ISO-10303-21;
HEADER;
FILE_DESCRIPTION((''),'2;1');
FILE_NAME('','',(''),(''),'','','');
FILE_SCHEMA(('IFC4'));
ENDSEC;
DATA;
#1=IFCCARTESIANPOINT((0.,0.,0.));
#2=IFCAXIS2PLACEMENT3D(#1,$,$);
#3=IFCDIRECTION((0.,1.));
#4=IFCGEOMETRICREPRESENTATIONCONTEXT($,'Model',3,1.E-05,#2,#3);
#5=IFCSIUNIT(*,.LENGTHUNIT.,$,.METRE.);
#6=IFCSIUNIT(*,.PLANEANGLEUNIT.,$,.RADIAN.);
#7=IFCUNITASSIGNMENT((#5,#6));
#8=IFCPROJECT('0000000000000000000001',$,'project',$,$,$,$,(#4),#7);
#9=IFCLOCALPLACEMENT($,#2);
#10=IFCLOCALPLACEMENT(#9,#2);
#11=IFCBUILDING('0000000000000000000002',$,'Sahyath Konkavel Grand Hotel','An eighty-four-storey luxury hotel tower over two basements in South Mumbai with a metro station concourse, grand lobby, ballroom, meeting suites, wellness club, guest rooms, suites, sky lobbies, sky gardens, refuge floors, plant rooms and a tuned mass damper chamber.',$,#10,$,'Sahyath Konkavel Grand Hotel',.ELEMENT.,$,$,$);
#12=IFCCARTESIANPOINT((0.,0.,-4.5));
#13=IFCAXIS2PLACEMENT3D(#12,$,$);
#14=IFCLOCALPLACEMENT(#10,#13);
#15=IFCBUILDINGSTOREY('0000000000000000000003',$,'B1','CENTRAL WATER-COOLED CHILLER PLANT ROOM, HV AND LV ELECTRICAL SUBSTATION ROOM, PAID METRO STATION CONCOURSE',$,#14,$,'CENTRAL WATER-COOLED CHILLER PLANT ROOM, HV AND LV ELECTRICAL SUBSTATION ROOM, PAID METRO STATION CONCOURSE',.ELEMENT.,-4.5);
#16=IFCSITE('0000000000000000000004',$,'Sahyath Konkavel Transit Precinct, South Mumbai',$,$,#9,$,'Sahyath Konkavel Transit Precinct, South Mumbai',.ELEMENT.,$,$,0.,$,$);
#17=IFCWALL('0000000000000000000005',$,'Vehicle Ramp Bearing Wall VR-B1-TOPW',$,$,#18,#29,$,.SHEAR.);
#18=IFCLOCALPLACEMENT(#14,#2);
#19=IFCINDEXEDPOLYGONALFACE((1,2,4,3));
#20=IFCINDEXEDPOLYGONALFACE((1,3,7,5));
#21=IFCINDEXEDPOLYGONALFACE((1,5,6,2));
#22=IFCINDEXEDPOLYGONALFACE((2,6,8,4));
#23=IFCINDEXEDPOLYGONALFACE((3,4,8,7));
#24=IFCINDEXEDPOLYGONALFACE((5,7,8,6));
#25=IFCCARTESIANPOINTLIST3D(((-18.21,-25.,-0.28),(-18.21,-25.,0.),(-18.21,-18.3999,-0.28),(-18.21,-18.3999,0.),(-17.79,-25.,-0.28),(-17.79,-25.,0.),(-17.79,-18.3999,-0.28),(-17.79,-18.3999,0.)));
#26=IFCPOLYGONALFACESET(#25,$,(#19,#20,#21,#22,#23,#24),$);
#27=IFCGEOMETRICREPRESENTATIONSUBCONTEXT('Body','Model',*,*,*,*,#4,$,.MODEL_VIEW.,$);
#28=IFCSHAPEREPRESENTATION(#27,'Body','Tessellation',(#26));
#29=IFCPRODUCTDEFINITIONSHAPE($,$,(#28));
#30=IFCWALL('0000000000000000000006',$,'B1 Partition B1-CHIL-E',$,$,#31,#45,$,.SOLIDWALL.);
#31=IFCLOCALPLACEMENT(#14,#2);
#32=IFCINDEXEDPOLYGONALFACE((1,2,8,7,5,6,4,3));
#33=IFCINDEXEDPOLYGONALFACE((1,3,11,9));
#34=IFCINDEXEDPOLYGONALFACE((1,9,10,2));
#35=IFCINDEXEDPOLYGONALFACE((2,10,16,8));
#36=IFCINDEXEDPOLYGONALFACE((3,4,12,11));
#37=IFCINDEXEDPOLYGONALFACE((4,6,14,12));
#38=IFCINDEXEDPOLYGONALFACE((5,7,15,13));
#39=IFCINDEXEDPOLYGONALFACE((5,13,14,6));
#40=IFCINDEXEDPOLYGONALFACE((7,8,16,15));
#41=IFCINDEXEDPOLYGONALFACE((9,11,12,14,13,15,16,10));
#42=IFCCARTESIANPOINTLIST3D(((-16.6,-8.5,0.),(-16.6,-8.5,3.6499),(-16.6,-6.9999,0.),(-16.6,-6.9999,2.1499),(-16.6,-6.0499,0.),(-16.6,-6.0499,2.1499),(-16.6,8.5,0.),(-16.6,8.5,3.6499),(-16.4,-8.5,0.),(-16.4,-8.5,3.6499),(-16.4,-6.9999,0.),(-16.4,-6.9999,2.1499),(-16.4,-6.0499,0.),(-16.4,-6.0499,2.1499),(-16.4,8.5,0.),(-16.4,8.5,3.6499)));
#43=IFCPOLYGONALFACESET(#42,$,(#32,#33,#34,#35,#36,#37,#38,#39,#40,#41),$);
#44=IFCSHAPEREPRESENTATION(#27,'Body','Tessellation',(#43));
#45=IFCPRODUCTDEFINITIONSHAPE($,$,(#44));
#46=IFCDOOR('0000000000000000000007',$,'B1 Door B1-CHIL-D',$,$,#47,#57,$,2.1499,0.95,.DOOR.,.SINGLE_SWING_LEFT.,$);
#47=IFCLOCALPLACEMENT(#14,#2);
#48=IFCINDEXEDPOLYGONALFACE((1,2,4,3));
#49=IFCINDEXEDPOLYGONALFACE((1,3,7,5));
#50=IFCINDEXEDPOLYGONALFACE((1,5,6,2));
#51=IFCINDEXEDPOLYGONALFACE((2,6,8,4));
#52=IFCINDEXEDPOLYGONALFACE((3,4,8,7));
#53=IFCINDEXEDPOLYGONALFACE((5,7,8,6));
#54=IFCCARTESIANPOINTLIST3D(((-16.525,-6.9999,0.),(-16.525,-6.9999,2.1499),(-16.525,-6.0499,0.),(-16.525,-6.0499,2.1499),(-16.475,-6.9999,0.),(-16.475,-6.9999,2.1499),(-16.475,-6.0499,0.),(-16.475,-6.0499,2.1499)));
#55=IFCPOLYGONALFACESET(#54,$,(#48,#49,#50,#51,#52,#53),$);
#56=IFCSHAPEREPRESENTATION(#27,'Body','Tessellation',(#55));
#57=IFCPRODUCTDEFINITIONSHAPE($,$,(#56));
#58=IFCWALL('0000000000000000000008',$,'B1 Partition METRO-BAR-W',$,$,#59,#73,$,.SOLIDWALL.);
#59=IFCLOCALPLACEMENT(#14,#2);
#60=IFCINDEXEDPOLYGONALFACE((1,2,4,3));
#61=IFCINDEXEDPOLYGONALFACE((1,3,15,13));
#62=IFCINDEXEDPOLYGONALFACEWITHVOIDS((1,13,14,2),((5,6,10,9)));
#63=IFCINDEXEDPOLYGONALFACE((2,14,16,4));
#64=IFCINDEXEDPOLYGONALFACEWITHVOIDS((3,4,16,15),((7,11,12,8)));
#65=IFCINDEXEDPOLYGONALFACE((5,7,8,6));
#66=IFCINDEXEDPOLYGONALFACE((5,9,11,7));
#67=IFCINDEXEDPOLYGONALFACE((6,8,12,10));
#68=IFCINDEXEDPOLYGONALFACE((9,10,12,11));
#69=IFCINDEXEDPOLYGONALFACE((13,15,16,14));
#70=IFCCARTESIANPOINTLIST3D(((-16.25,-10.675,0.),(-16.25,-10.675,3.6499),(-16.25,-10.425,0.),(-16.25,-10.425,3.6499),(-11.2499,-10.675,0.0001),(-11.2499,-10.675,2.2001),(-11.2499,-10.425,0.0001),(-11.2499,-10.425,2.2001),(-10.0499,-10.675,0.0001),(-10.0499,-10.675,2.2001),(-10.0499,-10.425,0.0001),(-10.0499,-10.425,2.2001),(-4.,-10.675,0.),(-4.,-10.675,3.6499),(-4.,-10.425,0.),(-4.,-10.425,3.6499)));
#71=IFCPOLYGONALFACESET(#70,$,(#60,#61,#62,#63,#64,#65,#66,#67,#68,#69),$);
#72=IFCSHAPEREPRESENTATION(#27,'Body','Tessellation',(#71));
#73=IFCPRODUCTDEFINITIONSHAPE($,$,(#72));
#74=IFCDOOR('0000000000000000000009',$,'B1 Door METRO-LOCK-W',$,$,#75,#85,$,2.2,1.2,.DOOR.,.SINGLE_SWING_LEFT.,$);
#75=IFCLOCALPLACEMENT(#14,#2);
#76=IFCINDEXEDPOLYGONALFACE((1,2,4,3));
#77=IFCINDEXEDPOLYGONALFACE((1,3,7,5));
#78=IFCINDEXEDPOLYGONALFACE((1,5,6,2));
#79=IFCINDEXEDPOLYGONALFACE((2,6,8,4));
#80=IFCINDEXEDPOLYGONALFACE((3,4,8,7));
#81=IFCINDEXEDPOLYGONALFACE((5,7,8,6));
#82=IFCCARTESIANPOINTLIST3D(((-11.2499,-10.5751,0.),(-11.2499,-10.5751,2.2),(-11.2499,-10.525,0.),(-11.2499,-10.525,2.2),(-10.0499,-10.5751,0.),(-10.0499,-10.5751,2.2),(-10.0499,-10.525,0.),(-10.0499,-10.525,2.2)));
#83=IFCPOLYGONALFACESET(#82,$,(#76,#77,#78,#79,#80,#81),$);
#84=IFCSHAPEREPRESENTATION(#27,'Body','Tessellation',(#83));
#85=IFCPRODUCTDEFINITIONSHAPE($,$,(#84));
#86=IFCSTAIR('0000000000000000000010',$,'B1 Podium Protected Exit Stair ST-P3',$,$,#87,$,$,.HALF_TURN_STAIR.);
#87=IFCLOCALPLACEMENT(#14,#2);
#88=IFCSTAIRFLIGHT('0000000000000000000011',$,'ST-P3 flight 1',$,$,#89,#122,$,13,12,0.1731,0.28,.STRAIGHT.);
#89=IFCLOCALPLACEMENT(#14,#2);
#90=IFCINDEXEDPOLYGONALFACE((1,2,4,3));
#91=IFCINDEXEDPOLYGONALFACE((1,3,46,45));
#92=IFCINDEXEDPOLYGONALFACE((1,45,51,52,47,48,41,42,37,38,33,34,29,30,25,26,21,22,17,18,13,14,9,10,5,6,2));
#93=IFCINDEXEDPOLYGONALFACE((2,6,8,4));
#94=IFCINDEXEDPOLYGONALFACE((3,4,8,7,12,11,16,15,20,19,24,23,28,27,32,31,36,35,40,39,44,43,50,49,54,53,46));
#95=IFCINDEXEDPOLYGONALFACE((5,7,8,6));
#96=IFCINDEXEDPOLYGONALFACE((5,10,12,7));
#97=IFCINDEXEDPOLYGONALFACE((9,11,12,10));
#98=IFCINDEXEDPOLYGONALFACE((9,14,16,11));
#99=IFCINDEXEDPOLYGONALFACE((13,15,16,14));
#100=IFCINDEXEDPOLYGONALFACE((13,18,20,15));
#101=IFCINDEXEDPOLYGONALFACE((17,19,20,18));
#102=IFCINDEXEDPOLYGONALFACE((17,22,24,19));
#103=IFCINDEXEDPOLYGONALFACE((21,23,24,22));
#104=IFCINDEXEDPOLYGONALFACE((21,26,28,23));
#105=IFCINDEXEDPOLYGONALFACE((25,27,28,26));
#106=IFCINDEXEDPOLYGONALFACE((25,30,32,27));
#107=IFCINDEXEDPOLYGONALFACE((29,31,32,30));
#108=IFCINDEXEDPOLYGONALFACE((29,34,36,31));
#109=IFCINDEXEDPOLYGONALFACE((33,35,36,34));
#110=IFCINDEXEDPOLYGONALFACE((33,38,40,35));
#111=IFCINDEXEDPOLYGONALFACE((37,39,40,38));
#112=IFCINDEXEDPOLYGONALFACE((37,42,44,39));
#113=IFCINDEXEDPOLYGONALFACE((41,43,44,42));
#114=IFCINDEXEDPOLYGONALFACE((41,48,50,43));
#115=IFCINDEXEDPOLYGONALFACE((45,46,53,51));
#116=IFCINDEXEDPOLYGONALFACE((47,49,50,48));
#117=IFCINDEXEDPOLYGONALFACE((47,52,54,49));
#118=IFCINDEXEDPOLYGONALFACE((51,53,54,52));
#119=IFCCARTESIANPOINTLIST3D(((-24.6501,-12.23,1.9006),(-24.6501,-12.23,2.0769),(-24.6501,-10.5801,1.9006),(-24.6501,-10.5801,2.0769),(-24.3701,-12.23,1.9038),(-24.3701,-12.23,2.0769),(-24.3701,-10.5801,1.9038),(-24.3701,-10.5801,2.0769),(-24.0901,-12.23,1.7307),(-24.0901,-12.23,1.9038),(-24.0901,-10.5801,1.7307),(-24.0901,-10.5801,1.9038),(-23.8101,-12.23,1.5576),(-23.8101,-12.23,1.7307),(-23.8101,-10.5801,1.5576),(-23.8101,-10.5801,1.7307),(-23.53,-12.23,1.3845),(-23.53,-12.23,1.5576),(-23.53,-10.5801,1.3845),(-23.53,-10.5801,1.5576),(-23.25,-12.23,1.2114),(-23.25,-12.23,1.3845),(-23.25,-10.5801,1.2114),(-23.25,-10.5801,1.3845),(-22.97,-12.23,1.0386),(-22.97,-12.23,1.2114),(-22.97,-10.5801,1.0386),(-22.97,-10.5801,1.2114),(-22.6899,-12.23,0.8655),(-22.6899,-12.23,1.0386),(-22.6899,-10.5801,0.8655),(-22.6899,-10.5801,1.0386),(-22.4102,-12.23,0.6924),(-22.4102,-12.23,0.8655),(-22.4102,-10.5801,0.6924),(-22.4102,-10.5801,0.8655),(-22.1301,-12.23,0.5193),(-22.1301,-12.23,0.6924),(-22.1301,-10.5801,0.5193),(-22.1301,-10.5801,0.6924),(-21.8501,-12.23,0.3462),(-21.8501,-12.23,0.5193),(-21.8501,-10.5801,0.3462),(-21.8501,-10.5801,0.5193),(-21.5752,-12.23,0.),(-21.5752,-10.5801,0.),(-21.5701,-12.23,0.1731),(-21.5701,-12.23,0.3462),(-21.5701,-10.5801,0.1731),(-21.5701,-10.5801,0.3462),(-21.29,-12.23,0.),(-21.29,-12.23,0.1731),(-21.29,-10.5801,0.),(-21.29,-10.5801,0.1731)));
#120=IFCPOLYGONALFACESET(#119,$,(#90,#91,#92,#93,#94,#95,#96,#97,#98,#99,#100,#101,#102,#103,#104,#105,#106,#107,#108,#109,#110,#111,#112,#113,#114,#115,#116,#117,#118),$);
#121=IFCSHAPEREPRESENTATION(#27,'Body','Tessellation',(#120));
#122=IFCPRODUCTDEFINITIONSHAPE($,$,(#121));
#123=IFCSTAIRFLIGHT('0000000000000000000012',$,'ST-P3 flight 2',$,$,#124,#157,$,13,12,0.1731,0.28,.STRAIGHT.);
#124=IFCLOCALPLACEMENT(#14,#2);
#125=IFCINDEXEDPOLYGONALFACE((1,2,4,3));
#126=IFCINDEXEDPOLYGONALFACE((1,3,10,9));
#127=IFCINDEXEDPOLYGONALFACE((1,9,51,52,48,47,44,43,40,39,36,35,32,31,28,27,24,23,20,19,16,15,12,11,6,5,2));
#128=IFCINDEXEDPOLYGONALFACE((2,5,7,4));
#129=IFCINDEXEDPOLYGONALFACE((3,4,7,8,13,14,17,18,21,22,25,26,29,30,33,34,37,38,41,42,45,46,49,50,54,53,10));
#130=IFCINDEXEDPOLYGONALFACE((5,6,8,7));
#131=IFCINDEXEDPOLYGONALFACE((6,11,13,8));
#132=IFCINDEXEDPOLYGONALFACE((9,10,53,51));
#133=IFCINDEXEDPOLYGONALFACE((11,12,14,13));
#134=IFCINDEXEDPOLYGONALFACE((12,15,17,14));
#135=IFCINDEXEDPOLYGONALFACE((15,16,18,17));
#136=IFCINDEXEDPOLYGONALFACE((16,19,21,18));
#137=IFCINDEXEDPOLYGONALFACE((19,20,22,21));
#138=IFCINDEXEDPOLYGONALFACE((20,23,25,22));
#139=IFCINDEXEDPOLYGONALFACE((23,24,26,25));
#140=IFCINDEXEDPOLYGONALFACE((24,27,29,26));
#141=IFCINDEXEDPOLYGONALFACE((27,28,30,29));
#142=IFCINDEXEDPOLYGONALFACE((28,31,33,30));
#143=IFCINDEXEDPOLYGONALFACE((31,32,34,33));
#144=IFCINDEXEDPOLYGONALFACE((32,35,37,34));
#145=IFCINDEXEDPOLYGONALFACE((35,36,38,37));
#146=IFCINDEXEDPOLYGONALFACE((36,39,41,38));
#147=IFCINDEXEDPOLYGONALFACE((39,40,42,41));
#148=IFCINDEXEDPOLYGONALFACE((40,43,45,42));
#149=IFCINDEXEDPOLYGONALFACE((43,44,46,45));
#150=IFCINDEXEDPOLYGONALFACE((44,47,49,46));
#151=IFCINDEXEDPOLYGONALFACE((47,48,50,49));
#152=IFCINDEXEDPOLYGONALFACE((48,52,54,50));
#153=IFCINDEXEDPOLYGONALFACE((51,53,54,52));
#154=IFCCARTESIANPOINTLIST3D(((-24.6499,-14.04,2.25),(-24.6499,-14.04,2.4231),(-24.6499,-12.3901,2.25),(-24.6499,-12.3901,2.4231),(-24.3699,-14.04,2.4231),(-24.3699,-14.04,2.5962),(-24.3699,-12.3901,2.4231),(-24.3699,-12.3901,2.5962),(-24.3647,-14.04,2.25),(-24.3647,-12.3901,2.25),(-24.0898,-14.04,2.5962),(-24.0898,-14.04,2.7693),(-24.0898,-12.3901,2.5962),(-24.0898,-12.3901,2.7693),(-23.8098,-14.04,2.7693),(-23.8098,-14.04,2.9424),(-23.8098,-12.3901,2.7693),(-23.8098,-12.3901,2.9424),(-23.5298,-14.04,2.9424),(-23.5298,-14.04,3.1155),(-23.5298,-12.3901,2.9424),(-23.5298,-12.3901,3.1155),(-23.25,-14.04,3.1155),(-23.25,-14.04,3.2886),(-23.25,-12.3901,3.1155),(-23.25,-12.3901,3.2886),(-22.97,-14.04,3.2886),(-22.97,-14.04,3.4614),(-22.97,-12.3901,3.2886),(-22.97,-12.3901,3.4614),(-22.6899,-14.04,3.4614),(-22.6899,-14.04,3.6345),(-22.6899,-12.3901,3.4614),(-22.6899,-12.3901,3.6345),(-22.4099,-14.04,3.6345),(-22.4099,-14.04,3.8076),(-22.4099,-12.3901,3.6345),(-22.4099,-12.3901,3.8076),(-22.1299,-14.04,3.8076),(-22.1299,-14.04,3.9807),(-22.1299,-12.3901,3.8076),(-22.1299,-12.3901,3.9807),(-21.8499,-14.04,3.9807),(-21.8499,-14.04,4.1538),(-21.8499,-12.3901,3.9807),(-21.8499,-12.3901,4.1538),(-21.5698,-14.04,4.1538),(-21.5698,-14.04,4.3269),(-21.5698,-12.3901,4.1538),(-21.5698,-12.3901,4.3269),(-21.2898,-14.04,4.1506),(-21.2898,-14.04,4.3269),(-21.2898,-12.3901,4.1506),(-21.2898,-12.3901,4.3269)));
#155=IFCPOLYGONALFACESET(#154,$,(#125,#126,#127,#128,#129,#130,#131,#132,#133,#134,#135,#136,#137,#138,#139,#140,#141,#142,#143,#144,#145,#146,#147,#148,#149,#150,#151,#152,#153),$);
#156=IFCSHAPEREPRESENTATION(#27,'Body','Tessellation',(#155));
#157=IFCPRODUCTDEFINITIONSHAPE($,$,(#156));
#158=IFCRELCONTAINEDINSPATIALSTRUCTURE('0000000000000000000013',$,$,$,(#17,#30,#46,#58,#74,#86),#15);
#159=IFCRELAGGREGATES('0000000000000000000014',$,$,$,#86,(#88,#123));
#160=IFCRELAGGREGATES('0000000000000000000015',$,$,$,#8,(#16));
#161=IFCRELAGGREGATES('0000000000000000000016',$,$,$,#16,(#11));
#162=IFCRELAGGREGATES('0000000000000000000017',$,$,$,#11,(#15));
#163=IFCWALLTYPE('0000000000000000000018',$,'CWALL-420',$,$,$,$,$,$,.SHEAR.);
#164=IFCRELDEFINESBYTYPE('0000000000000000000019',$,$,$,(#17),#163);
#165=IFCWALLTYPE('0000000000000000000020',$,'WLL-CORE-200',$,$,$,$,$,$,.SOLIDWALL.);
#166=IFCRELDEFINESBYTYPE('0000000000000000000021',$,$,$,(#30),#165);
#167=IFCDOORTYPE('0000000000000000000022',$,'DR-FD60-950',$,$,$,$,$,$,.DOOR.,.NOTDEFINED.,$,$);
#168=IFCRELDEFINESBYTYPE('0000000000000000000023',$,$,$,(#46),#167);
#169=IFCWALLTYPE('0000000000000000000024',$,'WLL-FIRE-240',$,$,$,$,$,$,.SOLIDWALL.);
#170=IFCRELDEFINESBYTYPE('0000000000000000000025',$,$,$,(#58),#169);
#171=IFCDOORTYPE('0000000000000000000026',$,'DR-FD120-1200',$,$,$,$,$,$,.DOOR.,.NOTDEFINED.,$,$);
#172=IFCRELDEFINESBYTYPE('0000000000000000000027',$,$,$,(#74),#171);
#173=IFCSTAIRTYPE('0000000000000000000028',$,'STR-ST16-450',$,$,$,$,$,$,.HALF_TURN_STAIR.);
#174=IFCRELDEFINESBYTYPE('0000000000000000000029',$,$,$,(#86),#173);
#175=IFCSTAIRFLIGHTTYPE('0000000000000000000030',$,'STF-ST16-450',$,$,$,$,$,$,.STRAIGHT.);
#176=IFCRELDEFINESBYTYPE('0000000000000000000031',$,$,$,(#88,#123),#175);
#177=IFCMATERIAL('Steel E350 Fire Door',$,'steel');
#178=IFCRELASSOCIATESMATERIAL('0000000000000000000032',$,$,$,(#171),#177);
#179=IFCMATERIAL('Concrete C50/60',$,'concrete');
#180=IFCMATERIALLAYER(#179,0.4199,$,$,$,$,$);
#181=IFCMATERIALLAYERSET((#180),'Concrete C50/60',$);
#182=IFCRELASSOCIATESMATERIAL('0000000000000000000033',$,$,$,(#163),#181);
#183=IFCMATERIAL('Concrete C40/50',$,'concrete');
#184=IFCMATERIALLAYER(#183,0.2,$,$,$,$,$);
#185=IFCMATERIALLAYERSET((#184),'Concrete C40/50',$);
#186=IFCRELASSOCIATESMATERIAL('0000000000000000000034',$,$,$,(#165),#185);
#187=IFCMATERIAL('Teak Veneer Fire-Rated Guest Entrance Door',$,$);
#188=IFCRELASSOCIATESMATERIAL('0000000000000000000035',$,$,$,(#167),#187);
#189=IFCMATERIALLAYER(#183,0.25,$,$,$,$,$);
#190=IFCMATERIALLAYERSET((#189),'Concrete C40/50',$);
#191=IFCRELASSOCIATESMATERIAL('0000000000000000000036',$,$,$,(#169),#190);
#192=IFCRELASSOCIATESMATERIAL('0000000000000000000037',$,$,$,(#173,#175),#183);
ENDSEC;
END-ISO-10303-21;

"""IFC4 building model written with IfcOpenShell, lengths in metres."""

from ifc_helpers import new_model, si_unit, direction, frame, frame_2d, origin, origin_2d, place, context, subcontext, project, spatial, polyline, rectangle, outline, extrude, source, transform, mapped, material, layer, layer_set, type_object, element, fill, aggregate, save


model = new_model("IFC4")

# Units and contexts
model_context = context("Model", 3, precision=1e-05, world=origin(), true_north=direction((0.0, 1.0)))
body_context = subcontext(model_context, "Body", "Model", "MODEL_VIEW")
ifc_project = project(units=[si_unit("LENGTHUNIT", "METRE"), si_unit("PLANEANGLEUNIT", "RADIAN")], contexts=[model_context])

# Site, building, storey
site_placement = place(None, origin())
site = spatial("IfcSite", under=ifc_project, at=site_placement, Name="Sahyath Konkavel Transit Precinct, South Mumbai", LongName="Sahyath Konkavel Transit Precinct, South Mumbai", CompositionType="ELEMENT", RefElevation=0.0)
building_placement = place(site_placement, origin())
building = spatial("IfcBuilding", under=site, at=building_placement, Name="Sahyath Konkavel Grand Hotel", Description="An eighty-four-storey luxury hotel tower over two basements in South Mumbai with a metro station concourse, grand lobby, ballroom, meeting suites, wellness club, guest rooms, suites, sky lobbies, sky gardens, refuge floors, plant rooms and a tuned mass damper chamber.", LongName="Sahyath Konkavel Grand Hotel", CompositionType="ELEMENT")
storey_placement = place(building_placement, frame((0.0, 0.0, -4.5)))
storey = spatial("IfcBuildingStorey", under=building, at=storey_placement, Name="B1", Description="CENTRAL WATER-COOLED CHILLER PLANT ROOM, HV AND LV ELECTRICAL SUBSTATION ROOM, PAID METRO STATION CONCOURSE", LongName="CENTRAL WATER-COOLED CHILLER PLANT ROOM, HV AND LV ELECTRICAL SUBSTATION ROOM, PAID METRO STATION CONCOURSE", CompositionType="ELEMENT", Elevation=-4.5)

# Shared definitions
ifc_material_1 = material(Name="Concrete C50/60", Category="concrete")

# Shared definitions
ifc_material_2 = material(Name="Concrete C40/50", Category="concrete")

# Shared definitions
ifc_material_3 = material(Name="Steel E350 Fire Door", Category="steel")
door_type_1 = type_object("IfcDoorType", Name="DR-FD120-1200", OperationType="NOTDEFINED", PredefinedType="DOOR", material=ifc_material_3)
shared_shape_1 = source(origin(), body_context, "Body", "SweptSolid", [
    extrude(rectangle(XDim=1.2, YDim=0.05, at=origin_2d()), origin(), (0.0, 0.0, 1.0), 2.2),
])

# Wall
ifc_layer_1 = layer(ifc_material_1, 0.4199)
ifc_layer_set_1 = layer_set([ifc_layer_1], Name="Concrete C50/60")
wall_type_1 = type_object("IfcWallType", Name="CWALL-420", PredefinedType="SHEAR", material=ifc_layer_set_1)
wall_1_placement = place(storey_placement, frame((-18.0, -25.0, -0.28), z_axis=(0.0, 0.0, 1.0), x_axis=(0.0, 1.0, 0.0)))
element("IfcWall", 1, at=wall_1_placement, inside=storey, type_object=wall_type_1, Name="Vehicle Ramp Bearing Wall VR-B1-TOPW", PredefinedType="SHEAR", context=body_context, shape_type="SweptSolid", body=[
    extrude(rectangle(XDim=6.6001, YDim=0.4199, at=frame_2d((3.3, 0.0))), origin(), (0.0, 0.0, 1.0), 0.28),
])

# Walls, openings, doors
ifc_layer_2 = layer(ifc_material_2, 0.2)
ifc_layer_set_2 = layer_set([ifc_layer_2], Name="Concrete C40/50")
wall_type_2 = type_object("IfcWallType", Name="WLL-CORE-200", PredefinedType="SOLIDWALL", material=ifc_layer_set_2)
wall_2_placement = place(storey_placement, frame((-16.5, -8.5, 0.0), z_axis=(0.0, 0.0, 1.0), x_axis=(0.0, 1.0, 0.0)))
wall_2 = element("IfcWall", 2, at=wall_2_placement, inside=storey, type_object=wall_type_2, Name="B1 Partition B1-CHIL-E", PredefinedType="SOLIDWALL", context=body_context, shape_type="SweptSolid", body=[
    extrude(rectangle(XDim=17.0, YDim=0.2, at=frame_2d((8.5, 0.0))), origin(), (0.0, 0.0, 1.0), 3.6499),
])
opening_1_placement = place(wall_2_placement, frame((1.5, 0.0, 0.0)))
opening_1 = element("IfcOpeningElement", 3, at=opening_1_placement, cuts=wall_2, PredefinedType="OPENING", context=body_context, shape_type="SweptSolid", body=[
    extrude(rectangle(XDim=0.95, YDim=2.1499, at=frame_2d((0.4751, 1.075))), frame((0.0, 0.1099, 0.0), z_axis=(0.0, -1.0, 0.0), x_axis=(1.0, 0.0, 0.0)), (0.0, 0.0, 1.0), 0.22),
])
ifc_material_4 = material(Name="Teak Veneer Fire-Rated Guest Entrance Door")
door_type_2 = type_object("IfcDoorType", Name="DR-FD60-950", OperationType="NOTDEFINED", PredefinedType="DOOR", material=ifc_material_4)
shared_shape_2 = source(origin(), body_context, "Body", "SweptSolid", [
    extrude(rectangle(XDim=0.95, YDim=0.05, at=origin_2d()), origin(), (0.0, 0.0, 1.0), 2.1499),
])
door_1_placement = place(opening_1_placement, frame((0.4751, 0.0, 0.0)))
door_1 = element("IfcDoor", 4, at=door_1_placement, inside=storey, type_object=door_type_2, Name="B1 Door B1-CHIL-D", OperationType="SINGLE_SWING_LEFT", OverallHeight=2.1499, OverallWidth=0.95, PredefinedType="DOOR", context=body_context, shape_type="MappedRepresentation", body=[
    mapped(shared_shape_2, transform((0.0, 0.0, 0.0), scale=1.0)),
])
fill(opening_1, door_1)
ifc_layer_3 = layer(ifc_material_2, 0.25)
ifc_layer_set_3 = layer_set([ifc_layer_3], Name="Concrete C40/50")
wall_type_3 = type_object("IfcWallType", Name="WLL-FIRE-240", PredefinedType="SOLIDWALL", material=ifc_layer_set_3)
wall_3_placement = place(storey_placement, frame((-16.25, -10.55, 0.0), z_axis=(0.0, 0.0, 1.0), x_axis=(1.0, 0.0, 0.0)))
wall_3 = element("IfcWall", 5, at=wall_3_placement, inside=storey, type_object=wall_type_3, Name="B1 Partition METRO-BAR-W", PredefinedType="SOLIDWALL", context=body_context, shape_type="SweptSolid", body=[
    extrude(rectangle(XDim=12.25, YDim=0.25, at=frame_2d((6.125, 0.0))), origin(), (0.0, 0.0, 1.0), 3.6499),
])
opening_2_placement = place(wall_3_placement, frame((5.0, 0.0, 0.0)))
opening_2 = element("IfcOpeningElement", 6, at=opening_2_placement, cuts=wall_3, PredefinedType="OPENING", context=body_context, shape_type="SweptSolid", body=[
    extrude(rectangle(XDim=1.2, YDim=2.2, at=frame_2d((0.6001, 1.1001))), frame((0.0, 0.135, 0.0), z_axis=(0.0, -1.0, 0.0), x_axis=(1.0, 0.0, 0.0)), (0.0, 0.0, 1.0), 0.27),
])
door_2_placement = place(opening_2_placement, frame((0.6001, 0.0, 0.0)))
door_2 = element("IfcDoor", 7, at=door_2_placement, inside=storey, type_object=door_type_1, Name="B1 Door METRO-LOCK-W", OperationType="SINGLE_SWING_LEFT", OverallHeight=2.2, OverallWidth=1.2, PredefinedType="DOOR", context=body_context, shape_type="MappedRepresentation", body=[
    mapped(shared_shape_1, transform((0.0, 0.0, 0.0), scale=1.0)),
])
fill(opening_2, door_2)

# Stair, stair flights
stair_type = type_object("IfcStairType", Name="STR-ST16-450", PredefinedType="HALF_TURN_STAIR", material=ifc_material_2)
stair_placement = place(storey_placement, origin())
stair = element("IfcStair", 8, at=stair_placement, inside=storey, type_object=stair_type, Name="B1 Podium Protected Exit Stair ST-P3", PredefinedType="HALF_TURN_STAIR")
stair_flight_type = type_object("IfcStairFlightType", Name="STF-ST16-450", PredefinedType="STRAIGHT", material=ifc_material_2)
stair_flight_1_placement = place(storey_placement, frame((-21.29, -11.405, 0.0), z_axis=(0.0, 0.0, 1.0), x_axis=(-1.0, 0.0, 0.0)))
stair_flight_1 = element("IfcStairFlight", 9, at=stair_flight_1_placement, type_object=stair_flight_type, Name="ST-P3 flight 1", NumberOfRisers=13, NumberOfTreads=12, PredefinedType="STRAIGHT", RiserHeight=0.1731, TreadLength=0.28, context=body_context, shape_type="SweptSolid", body=[
    extrude(outline(polyline([(0.0, 0.0), (0.0, 0.1731), (0.28, 0.1731), (0.28, 0.3462), (0.5601, 0.3462), (0.5601, 0.5193), (0.8401, 0.5193), (0.8401, 0.6924), (1.1201, 0.6924), (1.1201, 0.8655), (1.3999, 0.8655), (1.3999, 1.0386), (1.6799, 1.0386), (1.6799, 1.2114), (1.96, 1.2114), (1.96, 1.3845), (2.24, 1.3845), (2.24, 1.5576), (2.52, 1.5576), (2.52, 1.7307), (2.8, 1.7307), (2.8, 1.9038), (3.0801, 1.9038), (3.0801, 2.0769), (3.3601, 2.0769), (3.3601, 2.25), (3.3601, 1.9006), (0.2852, 0.0), (0.0, 0.0)])), frame((0.0, 0.825, 0.0), z_axis=(0.0, -1.0, 0.0), x_axis=(1.0, 0.0, 0.0)), (0.0, 0.0, 1.0), 1.6499),
])
stair_flight_2_placement = place(storey_placement, frame((-24.6499, -13.2151, 2.25), z_axis=(0.0, 0.0, 1.0), x_axis=(1.0, 0.0, 0.0)))
stair_flight_2 = element("IfcStairFlight", 10, at=stair_flight_2_placement, type_object=stair_flight_type, Name="ST-P3 flight 2", NumberOfRisers=13, NumberOfTreads=12, PredefinedType="STRAIGHT", RiserHeight=0.1731, TreadLength=0.28, context=body_context, shape_type="SweptSolid", body=[
    extrude(outline(polyline([(0.0, 0.0), (0.0, 0.1731), (0.28, 0.1731), (0.28, 0.3462), (0.5601, 0.3462), (0.5601, 0.5193), (0.8401, 0.5193), (0.8401, 0.6924), (1.1201, 0.6924), (1.1201, 0.8655), (1.3999, 0.8655), (1.3999, 1.0386), (1.6799, 1.0386), (1.6799, 1.2114), (1.96, 1.2114), (1.96, 1.3845), (2.24, 1.3845), (2.24, 1.5576), (2.52, 1.5576), (2.52, 1.7307), (2.8, 1.7307), (2.8, 1.9038), (3.0801, 1.9038), (3.0801, 2.0769), (3.3601, 2.0769), (3.3601, 2.25), (3.3601, 1.9006), (0.2852, 0.0), (0.0, 0.0)])), frame((0.0, 0.825, 0.0), z_axis=(0.0, -1.0, 0.0), x_axis=(1.0, 0.0, 0.0)), (0.0, 0.0, 1.0), 1.6499),
])
aggregate(stair, [stair_flight_1, stair_flight_2])

save(model, "model.ifc")
